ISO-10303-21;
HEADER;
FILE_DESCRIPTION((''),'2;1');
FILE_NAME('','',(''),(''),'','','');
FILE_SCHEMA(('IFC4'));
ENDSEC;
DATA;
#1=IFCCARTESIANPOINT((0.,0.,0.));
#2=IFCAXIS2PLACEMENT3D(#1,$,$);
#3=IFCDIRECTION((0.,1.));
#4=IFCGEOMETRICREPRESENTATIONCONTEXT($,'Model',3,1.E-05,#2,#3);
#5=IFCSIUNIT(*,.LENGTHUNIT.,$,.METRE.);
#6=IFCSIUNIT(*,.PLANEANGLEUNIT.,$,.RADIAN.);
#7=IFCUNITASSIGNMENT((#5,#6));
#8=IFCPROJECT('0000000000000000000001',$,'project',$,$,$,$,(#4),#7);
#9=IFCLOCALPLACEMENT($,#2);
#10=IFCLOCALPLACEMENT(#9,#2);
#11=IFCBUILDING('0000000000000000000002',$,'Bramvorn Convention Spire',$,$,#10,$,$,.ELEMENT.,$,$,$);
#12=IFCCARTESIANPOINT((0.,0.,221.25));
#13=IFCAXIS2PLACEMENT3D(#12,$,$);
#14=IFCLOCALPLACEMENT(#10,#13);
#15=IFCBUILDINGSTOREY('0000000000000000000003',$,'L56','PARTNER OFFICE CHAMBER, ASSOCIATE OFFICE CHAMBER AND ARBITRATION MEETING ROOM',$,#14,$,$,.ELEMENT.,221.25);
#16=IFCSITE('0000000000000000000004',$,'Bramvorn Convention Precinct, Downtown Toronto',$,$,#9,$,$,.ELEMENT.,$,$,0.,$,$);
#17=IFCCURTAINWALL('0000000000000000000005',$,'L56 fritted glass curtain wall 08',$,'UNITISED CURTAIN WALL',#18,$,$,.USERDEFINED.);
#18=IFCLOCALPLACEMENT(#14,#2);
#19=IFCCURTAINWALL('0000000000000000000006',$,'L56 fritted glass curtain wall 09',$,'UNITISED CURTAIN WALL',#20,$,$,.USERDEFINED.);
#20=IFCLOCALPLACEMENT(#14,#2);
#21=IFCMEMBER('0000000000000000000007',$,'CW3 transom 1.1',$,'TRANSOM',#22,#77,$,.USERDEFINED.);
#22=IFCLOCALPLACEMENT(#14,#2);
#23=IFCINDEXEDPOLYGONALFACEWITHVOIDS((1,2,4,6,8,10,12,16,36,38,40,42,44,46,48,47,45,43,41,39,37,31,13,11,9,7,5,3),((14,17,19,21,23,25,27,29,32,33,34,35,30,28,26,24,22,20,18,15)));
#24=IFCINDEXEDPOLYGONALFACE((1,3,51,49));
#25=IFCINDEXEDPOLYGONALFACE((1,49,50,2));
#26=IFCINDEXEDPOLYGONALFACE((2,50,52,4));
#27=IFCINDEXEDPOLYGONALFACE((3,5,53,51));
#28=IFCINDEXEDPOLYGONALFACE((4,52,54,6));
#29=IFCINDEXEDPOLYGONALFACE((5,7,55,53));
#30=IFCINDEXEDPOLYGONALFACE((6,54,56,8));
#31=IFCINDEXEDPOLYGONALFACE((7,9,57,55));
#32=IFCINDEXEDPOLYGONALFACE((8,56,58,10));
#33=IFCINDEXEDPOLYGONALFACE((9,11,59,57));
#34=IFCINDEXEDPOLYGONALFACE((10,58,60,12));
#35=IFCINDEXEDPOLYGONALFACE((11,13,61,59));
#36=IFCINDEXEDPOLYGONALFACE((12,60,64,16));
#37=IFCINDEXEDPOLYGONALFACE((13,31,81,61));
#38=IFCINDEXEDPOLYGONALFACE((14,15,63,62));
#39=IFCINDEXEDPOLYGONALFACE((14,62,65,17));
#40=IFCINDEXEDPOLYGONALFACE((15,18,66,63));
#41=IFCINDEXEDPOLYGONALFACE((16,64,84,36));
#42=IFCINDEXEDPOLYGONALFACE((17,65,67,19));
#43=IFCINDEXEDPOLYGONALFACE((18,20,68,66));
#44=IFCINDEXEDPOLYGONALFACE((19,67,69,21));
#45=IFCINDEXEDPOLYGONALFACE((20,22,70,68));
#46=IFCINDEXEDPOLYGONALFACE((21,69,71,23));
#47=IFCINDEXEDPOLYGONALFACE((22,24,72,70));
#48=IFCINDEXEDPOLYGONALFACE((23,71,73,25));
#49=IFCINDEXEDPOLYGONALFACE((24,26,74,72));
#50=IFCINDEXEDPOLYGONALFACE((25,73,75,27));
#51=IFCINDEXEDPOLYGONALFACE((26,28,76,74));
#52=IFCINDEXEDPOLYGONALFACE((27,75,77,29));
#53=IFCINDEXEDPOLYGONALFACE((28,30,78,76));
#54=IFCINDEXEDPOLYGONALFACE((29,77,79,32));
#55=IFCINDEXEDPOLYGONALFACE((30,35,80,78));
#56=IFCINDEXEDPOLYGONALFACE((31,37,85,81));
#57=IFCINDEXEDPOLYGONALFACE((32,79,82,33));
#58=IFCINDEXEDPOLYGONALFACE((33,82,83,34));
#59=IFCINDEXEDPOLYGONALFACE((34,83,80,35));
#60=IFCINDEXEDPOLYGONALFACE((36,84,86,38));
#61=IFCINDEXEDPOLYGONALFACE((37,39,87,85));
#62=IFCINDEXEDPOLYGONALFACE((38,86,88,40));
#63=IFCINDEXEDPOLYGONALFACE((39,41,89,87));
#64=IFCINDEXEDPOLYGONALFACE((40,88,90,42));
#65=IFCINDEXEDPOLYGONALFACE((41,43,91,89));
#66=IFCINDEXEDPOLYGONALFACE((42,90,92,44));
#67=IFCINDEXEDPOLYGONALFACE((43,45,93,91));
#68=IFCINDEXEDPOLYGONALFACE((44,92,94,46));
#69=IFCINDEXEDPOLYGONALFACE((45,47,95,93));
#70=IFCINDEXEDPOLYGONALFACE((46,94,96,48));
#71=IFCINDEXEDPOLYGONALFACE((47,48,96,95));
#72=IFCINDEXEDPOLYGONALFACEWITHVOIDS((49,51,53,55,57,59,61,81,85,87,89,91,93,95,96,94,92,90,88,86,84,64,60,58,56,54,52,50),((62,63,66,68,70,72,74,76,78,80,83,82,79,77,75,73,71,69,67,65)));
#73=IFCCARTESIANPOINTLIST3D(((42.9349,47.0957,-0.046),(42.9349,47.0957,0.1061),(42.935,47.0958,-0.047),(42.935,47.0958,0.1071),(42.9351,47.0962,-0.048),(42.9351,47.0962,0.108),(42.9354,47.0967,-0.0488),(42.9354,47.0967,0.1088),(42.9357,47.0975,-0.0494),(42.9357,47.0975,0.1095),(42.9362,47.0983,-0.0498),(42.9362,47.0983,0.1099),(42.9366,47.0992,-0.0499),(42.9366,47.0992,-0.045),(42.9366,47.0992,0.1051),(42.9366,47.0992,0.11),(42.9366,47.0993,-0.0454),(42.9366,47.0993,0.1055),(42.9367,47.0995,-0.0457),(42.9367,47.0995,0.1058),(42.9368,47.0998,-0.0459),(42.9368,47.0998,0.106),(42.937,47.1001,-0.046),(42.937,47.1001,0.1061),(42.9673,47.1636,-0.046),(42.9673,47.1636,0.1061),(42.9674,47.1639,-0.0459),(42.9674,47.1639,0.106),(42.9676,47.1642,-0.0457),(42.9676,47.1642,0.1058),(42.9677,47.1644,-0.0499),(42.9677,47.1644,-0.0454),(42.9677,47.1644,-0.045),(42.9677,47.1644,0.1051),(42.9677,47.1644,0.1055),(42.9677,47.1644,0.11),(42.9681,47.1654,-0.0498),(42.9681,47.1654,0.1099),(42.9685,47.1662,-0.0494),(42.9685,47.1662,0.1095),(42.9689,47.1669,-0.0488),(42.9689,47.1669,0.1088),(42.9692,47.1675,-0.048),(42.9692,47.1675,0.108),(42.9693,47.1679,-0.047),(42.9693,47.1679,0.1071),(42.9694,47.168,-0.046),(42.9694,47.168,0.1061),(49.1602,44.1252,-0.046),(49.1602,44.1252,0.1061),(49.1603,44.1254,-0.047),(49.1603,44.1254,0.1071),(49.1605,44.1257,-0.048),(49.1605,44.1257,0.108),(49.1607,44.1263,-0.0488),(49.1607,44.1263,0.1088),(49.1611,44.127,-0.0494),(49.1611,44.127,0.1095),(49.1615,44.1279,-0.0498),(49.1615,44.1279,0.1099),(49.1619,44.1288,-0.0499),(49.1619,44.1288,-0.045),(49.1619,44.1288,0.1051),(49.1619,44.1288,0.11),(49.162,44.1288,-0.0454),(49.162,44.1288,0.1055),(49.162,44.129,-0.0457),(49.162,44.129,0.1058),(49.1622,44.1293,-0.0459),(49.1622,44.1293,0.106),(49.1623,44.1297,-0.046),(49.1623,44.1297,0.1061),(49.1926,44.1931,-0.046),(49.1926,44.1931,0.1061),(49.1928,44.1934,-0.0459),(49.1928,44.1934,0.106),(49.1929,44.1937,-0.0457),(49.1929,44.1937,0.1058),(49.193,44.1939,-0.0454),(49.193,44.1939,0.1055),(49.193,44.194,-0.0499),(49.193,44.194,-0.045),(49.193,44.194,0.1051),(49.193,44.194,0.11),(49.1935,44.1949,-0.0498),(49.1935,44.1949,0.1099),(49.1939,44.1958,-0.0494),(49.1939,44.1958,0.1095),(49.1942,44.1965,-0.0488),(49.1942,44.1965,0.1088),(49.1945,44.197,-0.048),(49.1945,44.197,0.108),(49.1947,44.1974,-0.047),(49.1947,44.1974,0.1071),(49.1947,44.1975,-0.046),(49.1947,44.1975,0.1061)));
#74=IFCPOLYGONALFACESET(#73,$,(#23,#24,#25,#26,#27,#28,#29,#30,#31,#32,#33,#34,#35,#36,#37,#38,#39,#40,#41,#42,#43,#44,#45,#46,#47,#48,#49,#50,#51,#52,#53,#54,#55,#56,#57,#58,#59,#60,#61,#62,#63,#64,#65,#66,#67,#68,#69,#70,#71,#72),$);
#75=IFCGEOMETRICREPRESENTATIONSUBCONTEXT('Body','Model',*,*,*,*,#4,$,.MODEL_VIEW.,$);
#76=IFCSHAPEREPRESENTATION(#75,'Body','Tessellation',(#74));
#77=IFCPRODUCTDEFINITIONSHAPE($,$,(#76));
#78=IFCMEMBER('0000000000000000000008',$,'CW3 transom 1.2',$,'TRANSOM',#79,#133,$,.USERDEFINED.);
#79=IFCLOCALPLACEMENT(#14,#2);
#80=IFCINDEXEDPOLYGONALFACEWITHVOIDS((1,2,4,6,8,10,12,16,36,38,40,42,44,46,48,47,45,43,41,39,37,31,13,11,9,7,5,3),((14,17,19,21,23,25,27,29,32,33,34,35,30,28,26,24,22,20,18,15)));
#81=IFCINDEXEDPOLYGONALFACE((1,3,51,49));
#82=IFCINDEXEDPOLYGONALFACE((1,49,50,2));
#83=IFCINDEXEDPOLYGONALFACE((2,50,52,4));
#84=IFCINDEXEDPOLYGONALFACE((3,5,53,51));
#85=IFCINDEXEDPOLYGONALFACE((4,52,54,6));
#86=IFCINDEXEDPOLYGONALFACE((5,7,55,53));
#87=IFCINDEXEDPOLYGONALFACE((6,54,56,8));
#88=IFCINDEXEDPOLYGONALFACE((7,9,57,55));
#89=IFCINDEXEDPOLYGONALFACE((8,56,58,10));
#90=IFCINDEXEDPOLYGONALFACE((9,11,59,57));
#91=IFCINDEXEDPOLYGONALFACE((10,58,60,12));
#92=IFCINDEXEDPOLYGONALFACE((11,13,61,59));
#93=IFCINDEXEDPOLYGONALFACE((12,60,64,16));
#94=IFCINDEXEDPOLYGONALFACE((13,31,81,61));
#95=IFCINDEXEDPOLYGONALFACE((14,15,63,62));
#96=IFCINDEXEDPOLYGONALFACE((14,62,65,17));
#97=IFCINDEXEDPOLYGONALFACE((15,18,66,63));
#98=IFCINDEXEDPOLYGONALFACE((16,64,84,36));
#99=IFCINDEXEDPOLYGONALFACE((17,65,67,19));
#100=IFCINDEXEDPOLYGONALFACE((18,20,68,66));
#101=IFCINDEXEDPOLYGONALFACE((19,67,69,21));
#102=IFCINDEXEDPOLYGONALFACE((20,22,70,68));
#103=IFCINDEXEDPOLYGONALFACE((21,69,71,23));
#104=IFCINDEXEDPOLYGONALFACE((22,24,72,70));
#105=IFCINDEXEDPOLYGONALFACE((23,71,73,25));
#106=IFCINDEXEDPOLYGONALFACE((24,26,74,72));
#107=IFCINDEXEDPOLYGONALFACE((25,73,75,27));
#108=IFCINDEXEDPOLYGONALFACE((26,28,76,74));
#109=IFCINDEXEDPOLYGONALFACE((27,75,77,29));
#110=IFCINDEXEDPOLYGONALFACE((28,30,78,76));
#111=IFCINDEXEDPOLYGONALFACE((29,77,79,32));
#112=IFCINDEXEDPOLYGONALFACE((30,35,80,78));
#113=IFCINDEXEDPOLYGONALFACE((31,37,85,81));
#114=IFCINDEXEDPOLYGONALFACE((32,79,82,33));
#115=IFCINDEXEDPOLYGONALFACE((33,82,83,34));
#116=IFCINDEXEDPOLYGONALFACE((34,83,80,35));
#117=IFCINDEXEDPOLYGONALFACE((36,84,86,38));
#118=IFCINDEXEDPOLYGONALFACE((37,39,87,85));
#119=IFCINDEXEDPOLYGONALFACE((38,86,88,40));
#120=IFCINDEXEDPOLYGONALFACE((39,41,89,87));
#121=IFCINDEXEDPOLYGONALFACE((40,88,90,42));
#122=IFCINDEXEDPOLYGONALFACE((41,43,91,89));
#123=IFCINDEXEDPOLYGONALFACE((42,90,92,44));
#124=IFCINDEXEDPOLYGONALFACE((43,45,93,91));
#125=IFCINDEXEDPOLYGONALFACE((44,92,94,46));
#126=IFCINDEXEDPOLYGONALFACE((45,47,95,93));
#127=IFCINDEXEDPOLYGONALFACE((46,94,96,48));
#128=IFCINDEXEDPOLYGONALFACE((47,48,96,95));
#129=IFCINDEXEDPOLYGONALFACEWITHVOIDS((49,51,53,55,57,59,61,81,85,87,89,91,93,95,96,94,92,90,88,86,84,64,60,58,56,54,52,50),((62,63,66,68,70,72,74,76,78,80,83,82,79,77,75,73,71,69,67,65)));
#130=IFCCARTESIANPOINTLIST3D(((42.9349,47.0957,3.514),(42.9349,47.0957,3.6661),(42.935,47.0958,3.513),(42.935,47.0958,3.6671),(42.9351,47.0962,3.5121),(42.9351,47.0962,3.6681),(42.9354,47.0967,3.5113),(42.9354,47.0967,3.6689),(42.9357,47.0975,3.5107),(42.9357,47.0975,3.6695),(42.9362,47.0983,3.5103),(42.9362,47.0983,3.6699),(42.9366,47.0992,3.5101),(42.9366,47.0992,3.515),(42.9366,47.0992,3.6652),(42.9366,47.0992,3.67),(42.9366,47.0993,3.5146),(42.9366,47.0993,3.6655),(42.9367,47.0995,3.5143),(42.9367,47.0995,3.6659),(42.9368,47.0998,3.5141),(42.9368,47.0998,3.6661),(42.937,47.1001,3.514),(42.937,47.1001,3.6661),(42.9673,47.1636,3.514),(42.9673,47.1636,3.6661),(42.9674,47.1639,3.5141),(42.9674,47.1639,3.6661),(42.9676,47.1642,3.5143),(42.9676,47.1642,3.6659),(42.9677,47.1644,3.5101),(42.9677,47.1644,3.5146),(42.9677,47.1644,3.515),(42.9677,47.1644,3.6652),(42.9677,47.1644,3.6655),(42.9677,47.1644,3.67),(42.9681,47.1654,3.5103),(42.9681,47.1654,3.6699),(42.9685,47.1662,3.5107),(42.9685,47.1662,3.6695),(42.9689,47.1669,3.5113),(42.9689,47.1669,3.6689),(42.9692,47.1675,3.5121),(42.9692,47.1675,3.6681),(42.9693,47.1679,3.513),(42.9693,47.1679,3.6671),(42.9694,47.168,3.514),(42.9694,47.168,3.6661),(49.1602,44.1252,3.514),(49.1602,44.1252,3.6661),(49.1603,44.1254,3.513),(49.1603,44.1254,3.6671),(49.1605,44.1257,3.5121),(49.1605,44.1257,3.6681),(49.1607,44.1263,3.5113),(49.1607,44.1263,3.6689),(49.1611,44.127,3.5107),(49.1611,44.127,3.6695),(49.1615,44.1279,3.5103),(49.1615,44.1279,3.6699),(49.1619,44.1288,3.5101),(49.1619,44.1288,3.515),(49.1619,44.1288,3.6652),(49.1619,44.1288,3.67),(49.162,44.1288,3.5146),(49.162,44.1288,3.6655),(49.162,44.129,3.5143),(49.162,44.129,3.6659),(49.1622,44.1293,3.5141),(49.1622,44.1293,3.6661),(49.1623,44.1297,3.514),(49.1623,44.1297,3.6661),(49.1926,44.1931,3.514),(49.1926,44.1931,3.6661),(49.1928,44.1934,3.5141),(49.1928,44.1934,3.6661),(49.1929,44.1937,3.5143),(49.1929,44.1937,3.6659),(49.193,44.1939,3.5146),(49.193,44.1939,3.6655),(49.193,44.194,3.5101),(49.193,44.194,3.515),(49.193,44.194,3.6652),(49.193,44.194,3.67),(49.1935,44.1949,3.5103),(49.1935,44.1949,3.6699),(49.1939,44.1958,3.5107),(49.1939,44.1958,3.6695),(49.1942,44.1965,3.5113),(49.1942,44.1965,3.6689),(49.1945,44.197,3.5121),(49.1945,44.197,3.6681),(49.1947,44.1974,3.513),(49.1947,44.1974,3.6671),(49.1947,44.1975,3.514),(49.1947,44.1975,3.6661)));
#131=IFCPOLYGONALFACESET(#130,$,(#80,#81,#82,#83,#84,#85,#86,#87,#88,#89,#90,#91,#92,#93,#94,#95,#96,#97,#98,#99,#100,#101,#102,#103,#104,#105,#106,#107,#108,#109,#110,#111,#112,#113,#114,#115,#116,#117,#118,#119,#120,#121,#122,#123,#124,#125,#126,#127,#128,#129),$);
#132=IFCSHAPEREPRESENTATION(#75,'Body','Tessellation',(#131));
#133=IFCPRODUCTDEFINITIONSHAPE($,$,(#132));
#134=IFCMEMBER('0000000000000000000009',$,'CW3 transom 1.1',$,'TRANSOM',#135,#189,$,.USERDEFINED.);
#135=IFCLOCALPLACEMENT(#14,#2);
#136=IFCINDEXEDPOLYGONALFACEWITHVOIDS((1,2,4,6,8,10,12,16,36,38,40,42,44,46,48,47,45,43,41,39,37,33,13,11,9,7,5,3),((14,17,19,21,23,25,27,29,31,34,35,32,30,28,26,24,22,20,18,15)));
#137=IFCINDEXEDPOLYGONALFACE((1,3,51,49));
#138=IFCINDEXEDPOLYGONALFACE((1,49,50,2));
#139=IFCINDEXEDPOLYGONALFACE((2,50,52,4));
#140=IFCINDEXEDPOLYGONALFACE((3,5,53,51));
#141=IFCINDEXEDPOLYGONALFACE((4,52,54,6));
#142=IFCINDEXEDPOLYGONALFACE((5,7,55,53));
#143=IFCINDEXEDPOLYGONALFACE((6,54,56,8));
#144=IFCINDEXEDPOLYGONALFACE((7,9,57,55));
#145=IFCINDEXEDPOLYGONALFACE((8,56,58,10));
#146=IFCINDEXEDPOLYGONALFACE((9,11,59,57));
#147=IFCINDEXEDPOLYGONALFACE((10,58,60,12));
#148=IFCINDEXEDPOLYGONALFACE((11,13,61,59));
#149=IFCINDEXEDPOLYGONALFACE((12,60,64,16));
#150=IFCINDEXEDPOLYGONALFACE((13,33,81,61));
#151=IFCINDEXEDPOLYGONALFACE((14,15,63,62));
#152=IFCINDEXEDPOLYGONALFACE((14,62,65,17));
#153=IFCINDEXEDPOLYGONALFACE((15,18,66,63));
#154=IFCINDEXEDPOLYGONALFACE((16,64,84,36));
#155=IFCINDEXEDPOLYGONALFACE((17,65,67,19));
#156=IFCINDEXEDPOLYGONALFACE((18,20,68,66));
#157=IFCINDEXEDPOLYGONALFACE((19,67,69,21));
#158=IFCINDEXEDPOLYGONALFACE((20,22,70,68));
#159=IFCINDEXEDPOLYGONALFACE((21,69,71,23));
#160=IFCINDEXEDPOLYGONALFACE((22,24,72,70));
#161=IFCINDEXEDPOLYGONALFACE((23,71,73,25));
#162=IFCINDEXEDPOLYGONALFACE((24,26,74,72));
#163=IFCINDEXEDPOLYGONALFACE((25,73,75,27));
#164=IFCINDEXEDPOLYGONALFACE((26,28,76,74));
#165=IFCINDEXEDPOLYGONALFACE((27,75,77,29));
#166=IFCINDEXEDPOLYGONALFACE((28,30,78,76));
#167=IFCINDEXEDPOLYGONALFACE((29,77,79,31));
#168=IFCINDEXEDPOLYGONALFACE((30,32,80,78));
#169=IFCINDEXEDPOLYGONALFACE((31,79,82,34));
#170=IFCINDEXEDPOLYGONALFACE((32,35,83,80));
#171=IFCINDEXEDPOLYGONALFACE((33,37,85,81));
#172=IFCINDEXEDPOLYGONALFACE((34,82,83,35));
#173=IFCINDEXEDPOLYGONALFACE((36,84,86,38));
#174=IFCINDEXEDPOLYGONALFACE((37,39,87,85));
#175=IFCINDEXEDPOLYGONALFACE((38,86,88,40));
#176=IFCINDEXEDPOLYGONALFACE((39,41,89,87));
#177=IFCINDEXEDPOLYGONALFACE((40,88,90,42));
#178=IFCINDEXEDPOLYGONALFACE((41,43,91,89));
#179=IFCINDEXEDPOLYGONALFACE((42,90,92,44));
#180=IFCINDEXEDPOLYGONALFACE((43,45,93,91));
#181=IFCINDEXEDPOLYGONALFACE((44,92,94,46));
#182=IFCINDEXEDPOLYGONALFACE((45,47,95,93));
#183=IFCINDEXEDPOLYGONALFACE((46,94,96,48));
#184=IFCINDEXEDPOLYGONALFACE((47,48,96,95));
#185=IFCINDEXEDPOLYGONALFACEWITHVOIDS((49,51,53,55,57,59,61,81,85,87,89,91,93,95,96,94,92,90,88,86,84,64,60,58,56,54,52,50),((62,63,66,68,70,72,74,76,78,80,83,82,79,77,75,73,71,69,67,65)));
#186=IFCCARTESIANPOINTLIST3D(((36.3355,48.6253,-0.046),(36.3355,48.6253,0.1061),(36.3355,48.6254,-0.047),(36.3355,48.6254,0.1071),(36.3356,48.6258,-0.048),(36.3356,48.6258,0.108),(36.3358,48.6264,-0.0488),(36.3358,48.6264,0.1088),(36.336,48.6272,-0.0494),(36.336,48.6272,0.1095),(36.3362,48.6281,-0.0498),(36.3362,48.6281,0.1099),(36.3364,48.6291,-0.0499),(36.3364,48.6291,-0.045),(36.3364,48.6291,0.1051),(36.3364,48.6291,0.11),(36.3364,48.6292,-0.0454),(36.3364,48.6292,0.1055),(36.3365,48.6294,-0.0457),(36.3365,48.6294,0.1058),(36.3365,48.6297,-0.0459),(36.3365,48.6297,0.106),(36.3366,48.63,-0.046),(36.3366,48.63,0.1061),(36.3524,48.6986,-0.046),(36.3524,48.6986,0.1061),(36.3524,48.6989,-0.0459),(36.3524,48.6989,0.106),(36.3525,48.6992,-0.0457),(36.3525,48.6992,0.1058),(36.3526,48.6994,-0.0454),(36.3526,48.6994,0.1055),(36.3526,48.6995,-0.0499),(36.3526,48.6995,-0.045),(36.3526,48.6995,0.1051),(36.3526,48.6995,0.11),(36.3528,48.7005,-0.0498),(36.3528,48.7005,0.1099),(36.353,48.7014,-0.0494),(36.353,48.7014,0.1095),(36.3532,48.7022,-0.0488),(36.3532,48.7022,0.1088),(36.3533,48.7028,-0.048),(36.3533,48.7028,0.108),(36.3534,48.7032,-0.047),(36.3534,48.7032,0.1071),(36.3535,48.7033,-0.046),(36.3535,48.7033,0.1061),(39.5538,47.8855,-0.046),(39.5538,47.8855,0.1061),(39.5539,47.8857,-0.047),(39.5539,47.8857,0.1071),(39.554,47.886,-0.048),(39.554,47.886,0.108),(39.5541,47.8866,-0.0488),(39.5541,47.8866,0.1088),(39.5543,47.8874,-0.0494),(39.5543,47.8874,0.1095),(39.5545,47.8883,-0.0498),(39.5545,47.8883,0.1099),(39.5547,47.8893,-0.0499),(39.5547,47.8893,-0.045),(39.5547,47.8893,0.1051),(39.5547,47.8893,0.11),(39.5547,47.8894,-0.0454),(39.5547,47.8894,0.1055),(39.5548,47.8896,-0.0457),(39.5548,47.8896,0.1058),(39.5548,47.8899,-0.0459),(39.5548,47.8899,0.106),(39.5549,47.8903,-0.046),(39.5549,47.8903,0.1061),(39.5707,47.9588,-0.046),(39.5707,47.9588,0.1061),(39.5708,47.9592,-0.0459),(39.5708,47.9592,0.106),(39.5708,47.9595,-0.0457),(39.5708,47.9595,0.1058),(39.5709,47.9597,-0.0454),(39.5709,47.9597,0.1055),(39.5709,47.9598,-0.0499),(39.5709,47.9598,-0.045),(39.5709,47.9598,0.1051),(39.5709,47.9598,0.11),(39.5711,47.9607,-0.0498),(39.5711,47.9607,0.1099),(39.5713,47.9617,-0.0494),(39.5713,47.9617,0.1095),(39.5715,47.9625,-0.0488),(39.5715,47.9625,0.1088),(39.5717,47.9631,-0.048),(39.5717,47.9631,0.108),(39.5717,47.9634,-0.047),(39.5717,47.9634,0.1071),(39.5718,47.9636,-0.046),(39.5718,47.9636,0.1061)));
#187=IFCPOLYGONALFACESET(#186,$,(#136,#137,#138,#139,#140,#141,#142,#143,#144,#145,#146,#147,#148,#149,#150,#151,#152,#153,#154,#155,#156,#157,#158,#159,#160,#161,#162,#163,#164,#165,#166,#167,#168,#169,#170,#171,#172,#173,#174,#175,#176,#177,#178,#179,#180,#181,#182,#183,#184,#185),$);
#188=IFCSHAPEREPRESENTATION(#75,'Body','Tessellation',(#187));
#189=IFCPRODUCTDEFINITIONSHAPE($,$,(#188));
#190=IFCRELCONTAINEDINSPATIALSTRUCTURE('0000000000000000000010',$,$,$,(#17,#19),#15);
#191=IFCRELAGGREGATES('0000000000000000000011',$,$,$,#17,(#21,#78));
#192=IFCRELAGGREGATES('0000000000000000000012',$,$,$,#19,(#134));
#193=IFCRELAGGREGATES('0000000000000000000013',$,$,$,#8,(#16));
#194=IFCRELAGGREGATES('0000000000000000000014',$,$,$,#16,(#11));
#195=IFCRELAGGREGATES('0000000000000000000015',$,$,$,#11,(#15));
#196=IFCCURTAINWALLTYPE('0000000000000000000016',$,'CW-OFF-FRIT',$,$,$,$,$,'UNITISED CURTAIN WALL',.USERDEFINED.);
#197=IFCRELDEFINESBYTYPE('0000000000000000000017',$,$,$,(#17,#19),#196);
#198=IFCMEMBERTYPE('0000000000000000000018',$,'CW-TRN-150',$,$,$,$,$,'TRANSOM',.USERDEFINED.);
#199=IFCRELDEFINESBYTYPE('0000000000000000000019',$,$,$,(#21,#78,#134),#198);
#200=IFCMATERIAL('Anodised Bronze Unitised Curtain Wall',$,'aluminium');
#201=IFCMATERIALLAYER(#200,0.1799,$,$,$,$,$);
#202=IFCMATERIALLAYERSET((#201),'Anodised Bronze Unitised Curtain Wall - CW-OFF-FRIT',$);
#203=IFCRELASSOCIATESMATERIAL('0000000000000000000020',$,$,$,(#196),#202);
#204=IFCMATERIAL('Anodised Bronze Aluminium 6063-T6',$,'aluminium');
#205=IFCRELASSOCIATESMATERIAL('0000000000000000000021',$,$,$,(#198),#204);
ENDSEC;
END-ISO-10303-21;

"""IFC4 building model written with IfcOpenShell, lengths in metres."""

from ifc_helpers import new_model, si_unit, direction, frame, origin, origin_2d, place, context, subcontext, project, spatial, hollow_rectangle, extrude, material, layer, layer_set, material_profile, profile_set, type_object, element, aggregate, save


model = new_model("IFC4")

# Units and contexts
model_context = context("Model", 3, precision=1e-05, world=origin(), true_north=direction((0.0, 1.0)))
body_context = subcontext(model_context, "Body", "Model", "MODEL_VIEW")
ifc_project = project(units=[si_unit("LENGTHUNIT", "METRE"), si_unit("PLANEANGLEUNIT", "RADIAN")], contexts=[model_context])

# Site, building, storey
site_placement = place(None, origin())
site = spatial("IfcSite", under=ifc_project, at=site_placement, Name="Bramvorn Convention Precinct, Downtown Toronto", CompositionType="ELEMENT", RefElevation=0.0)
building_placement = place(site_placement, origin())
building = spatial("IfcBuilding", under=site, at=building_placement, Name="Bramvorn Convention Spire", CompositionType="ELEMENT")
storey_placement = place(building_placement, frame((0.0, 0.0, 221.25)))
storey = spatial("IfcBuildingStorey", under=building, at=storey_placement, Name="L56", Description="PARTNER OFFICE CHAMBER, ASSOCIATE OFFICE CHAMBER AND ARBITRATION MEETING ROOM", CompositionType="ELEMENT", Elevation=221.25)

# Curtain wall
ifc_material_1 = material(Name="Anodised Bronze Unitised Curtain Wall", Category="aluminium")
ifc_layer_1 = layer(ifc_material_1, 0.1799)
ifc_layer_set_1 = layer_set([ifc_layer_1], Name="Anodised Bronze Unitised Curtain Wall - CW-OFF-FRIT")
curtain_wall_type = type_object("IfcCurtainWallType", Name="CW-OFF-FRIT", ElementType="UNITISED CURTAIN WALL", PredefinedType="USERDEFINED", material=ifc_layer_set_1)
curtain_wall_1_placement = place(storey_placement, origin())
curtain_wall_1 = element("IfcCurtainWall", 1, at=curtain_wall_1_placement, inside=storey, type_object=curtain_wall_type, Name="L56 fritted glass curtain wall 08", ObjectType="UNITISED CURTAIN WALL", PredefinedType="USERDEFINED")
ifc_material_2 = material(Name="Anodised Bronze Aluminium 6063-T6", Category="aluminium")

# Curtain wall
curtain_wall_2_placement = place(storey_placement, origin())
curtain_wall_2 = element("IfcCurtainWall", 2, at=curtain_wall_2_placement, inside=storey, type_object=curtain_wall_type, Name="L56 fritted glass curtain wall 09", ObjectType="UNITISED CURTAIN WALL", PredefinedType="USERDEFINED")

# Members
ifc_material_profile_1 = material_profile(ifc_material_2, hollow_rectangle(XDim=0.0801, YDim=0.1599, WallThickness=0.0039, InnerFilletRadius=0.001, OuterFilletRadius=0.0039, at=origin_2d()))
ifc_profile_set_1 = profile_set([ifc_material_profile_1], Name="Anodised Bronze Aluminium 6063-T6 - CWT80X160")
member_type_1 = type_object("IfcMemberType", Name="CW-TRN-150", ElementType="TRANSOM", PredefinedType="USERDEFINED", material=ifc_profile_set_1)
member_1_placement = place(storey_placement, frame((42.9521, 47.1318, 0.03), z_axis=(0.902522, -0.430644, 0.0), x_axis=(0.430644, 0.902522, 0.0)))
member_1 = element("IfcMember", 3, at=member_1_placement, type_object=member_type_1, Name="CW3 transom 1.1", ObjectType="TRANSOM", PredefinedType="USERDEFINED", context=body_context, shape_type="SweptSolid", body=[
    extrude(hollow_rectangle(XDim=0.0801, YDim=0.1599, WallThickness=0.0039, InnerFilletRadius=0.001, OuterFilletRadius=0.0039, at=origin_2d()), origin(), (0.0, 0.0, 1.0), 6.8977),
])
member_2_placement = place(storey_placement, frame((42.9521, 47.1318, 3.5901), z_axis=(0.902522, -0.430644, 0.0), x_axis=(0.430644, 0.902522, 0.0)))
member_2 = element("IfcMember", 4, at=member_2_placement, type_object=member_type_1, Name="CW3 transom 1.2", ObjectType="TRANSOM", PredefinedType="USERDEFINED", context=body_context, shape_type="SweptSolid", body=[
    extrude(hollow_rectangle(XDim=0.0801, YDim=0.1599, WallThickness=0.0039, InnerFilletRadius=0.001, OuterFilletRadius=0.0039, at=origin_2d()), origin(), (0.0, 0.0, 1.0), 6.8977),
])
aggregate(curtain_wall_1, [member_1, member_2])
member_3_placement = place(storey_placement, frame((36.3445, 48.6643, 0.03), z_axis=(0.974585, -0.224017, 0.0), x_axis=(0.224017, 0.974585, 0.0)))
member_3 = element("IfcMember", 5, at=member_3_placement, type_object=member_type_1, Name="CW3 transom 1.1", ObjectType="TRANSOM", PredefinedType="USERDEFINED", context=body_context, shape_type="SweptSolid", body=[
    extrude(hollow_rectangle(XDim=0.0801, YDim=0.1599, WallThickness=0.0039, InnerFilletRadius=0.001, OuterFilletRadius=0.0039, at=origin_2d()), origin(), (0.0, 0.0, 1.0), 3.3022),
])

aggregate(curtain_wall_2, [member_3])

save(model, "model.ifc")
